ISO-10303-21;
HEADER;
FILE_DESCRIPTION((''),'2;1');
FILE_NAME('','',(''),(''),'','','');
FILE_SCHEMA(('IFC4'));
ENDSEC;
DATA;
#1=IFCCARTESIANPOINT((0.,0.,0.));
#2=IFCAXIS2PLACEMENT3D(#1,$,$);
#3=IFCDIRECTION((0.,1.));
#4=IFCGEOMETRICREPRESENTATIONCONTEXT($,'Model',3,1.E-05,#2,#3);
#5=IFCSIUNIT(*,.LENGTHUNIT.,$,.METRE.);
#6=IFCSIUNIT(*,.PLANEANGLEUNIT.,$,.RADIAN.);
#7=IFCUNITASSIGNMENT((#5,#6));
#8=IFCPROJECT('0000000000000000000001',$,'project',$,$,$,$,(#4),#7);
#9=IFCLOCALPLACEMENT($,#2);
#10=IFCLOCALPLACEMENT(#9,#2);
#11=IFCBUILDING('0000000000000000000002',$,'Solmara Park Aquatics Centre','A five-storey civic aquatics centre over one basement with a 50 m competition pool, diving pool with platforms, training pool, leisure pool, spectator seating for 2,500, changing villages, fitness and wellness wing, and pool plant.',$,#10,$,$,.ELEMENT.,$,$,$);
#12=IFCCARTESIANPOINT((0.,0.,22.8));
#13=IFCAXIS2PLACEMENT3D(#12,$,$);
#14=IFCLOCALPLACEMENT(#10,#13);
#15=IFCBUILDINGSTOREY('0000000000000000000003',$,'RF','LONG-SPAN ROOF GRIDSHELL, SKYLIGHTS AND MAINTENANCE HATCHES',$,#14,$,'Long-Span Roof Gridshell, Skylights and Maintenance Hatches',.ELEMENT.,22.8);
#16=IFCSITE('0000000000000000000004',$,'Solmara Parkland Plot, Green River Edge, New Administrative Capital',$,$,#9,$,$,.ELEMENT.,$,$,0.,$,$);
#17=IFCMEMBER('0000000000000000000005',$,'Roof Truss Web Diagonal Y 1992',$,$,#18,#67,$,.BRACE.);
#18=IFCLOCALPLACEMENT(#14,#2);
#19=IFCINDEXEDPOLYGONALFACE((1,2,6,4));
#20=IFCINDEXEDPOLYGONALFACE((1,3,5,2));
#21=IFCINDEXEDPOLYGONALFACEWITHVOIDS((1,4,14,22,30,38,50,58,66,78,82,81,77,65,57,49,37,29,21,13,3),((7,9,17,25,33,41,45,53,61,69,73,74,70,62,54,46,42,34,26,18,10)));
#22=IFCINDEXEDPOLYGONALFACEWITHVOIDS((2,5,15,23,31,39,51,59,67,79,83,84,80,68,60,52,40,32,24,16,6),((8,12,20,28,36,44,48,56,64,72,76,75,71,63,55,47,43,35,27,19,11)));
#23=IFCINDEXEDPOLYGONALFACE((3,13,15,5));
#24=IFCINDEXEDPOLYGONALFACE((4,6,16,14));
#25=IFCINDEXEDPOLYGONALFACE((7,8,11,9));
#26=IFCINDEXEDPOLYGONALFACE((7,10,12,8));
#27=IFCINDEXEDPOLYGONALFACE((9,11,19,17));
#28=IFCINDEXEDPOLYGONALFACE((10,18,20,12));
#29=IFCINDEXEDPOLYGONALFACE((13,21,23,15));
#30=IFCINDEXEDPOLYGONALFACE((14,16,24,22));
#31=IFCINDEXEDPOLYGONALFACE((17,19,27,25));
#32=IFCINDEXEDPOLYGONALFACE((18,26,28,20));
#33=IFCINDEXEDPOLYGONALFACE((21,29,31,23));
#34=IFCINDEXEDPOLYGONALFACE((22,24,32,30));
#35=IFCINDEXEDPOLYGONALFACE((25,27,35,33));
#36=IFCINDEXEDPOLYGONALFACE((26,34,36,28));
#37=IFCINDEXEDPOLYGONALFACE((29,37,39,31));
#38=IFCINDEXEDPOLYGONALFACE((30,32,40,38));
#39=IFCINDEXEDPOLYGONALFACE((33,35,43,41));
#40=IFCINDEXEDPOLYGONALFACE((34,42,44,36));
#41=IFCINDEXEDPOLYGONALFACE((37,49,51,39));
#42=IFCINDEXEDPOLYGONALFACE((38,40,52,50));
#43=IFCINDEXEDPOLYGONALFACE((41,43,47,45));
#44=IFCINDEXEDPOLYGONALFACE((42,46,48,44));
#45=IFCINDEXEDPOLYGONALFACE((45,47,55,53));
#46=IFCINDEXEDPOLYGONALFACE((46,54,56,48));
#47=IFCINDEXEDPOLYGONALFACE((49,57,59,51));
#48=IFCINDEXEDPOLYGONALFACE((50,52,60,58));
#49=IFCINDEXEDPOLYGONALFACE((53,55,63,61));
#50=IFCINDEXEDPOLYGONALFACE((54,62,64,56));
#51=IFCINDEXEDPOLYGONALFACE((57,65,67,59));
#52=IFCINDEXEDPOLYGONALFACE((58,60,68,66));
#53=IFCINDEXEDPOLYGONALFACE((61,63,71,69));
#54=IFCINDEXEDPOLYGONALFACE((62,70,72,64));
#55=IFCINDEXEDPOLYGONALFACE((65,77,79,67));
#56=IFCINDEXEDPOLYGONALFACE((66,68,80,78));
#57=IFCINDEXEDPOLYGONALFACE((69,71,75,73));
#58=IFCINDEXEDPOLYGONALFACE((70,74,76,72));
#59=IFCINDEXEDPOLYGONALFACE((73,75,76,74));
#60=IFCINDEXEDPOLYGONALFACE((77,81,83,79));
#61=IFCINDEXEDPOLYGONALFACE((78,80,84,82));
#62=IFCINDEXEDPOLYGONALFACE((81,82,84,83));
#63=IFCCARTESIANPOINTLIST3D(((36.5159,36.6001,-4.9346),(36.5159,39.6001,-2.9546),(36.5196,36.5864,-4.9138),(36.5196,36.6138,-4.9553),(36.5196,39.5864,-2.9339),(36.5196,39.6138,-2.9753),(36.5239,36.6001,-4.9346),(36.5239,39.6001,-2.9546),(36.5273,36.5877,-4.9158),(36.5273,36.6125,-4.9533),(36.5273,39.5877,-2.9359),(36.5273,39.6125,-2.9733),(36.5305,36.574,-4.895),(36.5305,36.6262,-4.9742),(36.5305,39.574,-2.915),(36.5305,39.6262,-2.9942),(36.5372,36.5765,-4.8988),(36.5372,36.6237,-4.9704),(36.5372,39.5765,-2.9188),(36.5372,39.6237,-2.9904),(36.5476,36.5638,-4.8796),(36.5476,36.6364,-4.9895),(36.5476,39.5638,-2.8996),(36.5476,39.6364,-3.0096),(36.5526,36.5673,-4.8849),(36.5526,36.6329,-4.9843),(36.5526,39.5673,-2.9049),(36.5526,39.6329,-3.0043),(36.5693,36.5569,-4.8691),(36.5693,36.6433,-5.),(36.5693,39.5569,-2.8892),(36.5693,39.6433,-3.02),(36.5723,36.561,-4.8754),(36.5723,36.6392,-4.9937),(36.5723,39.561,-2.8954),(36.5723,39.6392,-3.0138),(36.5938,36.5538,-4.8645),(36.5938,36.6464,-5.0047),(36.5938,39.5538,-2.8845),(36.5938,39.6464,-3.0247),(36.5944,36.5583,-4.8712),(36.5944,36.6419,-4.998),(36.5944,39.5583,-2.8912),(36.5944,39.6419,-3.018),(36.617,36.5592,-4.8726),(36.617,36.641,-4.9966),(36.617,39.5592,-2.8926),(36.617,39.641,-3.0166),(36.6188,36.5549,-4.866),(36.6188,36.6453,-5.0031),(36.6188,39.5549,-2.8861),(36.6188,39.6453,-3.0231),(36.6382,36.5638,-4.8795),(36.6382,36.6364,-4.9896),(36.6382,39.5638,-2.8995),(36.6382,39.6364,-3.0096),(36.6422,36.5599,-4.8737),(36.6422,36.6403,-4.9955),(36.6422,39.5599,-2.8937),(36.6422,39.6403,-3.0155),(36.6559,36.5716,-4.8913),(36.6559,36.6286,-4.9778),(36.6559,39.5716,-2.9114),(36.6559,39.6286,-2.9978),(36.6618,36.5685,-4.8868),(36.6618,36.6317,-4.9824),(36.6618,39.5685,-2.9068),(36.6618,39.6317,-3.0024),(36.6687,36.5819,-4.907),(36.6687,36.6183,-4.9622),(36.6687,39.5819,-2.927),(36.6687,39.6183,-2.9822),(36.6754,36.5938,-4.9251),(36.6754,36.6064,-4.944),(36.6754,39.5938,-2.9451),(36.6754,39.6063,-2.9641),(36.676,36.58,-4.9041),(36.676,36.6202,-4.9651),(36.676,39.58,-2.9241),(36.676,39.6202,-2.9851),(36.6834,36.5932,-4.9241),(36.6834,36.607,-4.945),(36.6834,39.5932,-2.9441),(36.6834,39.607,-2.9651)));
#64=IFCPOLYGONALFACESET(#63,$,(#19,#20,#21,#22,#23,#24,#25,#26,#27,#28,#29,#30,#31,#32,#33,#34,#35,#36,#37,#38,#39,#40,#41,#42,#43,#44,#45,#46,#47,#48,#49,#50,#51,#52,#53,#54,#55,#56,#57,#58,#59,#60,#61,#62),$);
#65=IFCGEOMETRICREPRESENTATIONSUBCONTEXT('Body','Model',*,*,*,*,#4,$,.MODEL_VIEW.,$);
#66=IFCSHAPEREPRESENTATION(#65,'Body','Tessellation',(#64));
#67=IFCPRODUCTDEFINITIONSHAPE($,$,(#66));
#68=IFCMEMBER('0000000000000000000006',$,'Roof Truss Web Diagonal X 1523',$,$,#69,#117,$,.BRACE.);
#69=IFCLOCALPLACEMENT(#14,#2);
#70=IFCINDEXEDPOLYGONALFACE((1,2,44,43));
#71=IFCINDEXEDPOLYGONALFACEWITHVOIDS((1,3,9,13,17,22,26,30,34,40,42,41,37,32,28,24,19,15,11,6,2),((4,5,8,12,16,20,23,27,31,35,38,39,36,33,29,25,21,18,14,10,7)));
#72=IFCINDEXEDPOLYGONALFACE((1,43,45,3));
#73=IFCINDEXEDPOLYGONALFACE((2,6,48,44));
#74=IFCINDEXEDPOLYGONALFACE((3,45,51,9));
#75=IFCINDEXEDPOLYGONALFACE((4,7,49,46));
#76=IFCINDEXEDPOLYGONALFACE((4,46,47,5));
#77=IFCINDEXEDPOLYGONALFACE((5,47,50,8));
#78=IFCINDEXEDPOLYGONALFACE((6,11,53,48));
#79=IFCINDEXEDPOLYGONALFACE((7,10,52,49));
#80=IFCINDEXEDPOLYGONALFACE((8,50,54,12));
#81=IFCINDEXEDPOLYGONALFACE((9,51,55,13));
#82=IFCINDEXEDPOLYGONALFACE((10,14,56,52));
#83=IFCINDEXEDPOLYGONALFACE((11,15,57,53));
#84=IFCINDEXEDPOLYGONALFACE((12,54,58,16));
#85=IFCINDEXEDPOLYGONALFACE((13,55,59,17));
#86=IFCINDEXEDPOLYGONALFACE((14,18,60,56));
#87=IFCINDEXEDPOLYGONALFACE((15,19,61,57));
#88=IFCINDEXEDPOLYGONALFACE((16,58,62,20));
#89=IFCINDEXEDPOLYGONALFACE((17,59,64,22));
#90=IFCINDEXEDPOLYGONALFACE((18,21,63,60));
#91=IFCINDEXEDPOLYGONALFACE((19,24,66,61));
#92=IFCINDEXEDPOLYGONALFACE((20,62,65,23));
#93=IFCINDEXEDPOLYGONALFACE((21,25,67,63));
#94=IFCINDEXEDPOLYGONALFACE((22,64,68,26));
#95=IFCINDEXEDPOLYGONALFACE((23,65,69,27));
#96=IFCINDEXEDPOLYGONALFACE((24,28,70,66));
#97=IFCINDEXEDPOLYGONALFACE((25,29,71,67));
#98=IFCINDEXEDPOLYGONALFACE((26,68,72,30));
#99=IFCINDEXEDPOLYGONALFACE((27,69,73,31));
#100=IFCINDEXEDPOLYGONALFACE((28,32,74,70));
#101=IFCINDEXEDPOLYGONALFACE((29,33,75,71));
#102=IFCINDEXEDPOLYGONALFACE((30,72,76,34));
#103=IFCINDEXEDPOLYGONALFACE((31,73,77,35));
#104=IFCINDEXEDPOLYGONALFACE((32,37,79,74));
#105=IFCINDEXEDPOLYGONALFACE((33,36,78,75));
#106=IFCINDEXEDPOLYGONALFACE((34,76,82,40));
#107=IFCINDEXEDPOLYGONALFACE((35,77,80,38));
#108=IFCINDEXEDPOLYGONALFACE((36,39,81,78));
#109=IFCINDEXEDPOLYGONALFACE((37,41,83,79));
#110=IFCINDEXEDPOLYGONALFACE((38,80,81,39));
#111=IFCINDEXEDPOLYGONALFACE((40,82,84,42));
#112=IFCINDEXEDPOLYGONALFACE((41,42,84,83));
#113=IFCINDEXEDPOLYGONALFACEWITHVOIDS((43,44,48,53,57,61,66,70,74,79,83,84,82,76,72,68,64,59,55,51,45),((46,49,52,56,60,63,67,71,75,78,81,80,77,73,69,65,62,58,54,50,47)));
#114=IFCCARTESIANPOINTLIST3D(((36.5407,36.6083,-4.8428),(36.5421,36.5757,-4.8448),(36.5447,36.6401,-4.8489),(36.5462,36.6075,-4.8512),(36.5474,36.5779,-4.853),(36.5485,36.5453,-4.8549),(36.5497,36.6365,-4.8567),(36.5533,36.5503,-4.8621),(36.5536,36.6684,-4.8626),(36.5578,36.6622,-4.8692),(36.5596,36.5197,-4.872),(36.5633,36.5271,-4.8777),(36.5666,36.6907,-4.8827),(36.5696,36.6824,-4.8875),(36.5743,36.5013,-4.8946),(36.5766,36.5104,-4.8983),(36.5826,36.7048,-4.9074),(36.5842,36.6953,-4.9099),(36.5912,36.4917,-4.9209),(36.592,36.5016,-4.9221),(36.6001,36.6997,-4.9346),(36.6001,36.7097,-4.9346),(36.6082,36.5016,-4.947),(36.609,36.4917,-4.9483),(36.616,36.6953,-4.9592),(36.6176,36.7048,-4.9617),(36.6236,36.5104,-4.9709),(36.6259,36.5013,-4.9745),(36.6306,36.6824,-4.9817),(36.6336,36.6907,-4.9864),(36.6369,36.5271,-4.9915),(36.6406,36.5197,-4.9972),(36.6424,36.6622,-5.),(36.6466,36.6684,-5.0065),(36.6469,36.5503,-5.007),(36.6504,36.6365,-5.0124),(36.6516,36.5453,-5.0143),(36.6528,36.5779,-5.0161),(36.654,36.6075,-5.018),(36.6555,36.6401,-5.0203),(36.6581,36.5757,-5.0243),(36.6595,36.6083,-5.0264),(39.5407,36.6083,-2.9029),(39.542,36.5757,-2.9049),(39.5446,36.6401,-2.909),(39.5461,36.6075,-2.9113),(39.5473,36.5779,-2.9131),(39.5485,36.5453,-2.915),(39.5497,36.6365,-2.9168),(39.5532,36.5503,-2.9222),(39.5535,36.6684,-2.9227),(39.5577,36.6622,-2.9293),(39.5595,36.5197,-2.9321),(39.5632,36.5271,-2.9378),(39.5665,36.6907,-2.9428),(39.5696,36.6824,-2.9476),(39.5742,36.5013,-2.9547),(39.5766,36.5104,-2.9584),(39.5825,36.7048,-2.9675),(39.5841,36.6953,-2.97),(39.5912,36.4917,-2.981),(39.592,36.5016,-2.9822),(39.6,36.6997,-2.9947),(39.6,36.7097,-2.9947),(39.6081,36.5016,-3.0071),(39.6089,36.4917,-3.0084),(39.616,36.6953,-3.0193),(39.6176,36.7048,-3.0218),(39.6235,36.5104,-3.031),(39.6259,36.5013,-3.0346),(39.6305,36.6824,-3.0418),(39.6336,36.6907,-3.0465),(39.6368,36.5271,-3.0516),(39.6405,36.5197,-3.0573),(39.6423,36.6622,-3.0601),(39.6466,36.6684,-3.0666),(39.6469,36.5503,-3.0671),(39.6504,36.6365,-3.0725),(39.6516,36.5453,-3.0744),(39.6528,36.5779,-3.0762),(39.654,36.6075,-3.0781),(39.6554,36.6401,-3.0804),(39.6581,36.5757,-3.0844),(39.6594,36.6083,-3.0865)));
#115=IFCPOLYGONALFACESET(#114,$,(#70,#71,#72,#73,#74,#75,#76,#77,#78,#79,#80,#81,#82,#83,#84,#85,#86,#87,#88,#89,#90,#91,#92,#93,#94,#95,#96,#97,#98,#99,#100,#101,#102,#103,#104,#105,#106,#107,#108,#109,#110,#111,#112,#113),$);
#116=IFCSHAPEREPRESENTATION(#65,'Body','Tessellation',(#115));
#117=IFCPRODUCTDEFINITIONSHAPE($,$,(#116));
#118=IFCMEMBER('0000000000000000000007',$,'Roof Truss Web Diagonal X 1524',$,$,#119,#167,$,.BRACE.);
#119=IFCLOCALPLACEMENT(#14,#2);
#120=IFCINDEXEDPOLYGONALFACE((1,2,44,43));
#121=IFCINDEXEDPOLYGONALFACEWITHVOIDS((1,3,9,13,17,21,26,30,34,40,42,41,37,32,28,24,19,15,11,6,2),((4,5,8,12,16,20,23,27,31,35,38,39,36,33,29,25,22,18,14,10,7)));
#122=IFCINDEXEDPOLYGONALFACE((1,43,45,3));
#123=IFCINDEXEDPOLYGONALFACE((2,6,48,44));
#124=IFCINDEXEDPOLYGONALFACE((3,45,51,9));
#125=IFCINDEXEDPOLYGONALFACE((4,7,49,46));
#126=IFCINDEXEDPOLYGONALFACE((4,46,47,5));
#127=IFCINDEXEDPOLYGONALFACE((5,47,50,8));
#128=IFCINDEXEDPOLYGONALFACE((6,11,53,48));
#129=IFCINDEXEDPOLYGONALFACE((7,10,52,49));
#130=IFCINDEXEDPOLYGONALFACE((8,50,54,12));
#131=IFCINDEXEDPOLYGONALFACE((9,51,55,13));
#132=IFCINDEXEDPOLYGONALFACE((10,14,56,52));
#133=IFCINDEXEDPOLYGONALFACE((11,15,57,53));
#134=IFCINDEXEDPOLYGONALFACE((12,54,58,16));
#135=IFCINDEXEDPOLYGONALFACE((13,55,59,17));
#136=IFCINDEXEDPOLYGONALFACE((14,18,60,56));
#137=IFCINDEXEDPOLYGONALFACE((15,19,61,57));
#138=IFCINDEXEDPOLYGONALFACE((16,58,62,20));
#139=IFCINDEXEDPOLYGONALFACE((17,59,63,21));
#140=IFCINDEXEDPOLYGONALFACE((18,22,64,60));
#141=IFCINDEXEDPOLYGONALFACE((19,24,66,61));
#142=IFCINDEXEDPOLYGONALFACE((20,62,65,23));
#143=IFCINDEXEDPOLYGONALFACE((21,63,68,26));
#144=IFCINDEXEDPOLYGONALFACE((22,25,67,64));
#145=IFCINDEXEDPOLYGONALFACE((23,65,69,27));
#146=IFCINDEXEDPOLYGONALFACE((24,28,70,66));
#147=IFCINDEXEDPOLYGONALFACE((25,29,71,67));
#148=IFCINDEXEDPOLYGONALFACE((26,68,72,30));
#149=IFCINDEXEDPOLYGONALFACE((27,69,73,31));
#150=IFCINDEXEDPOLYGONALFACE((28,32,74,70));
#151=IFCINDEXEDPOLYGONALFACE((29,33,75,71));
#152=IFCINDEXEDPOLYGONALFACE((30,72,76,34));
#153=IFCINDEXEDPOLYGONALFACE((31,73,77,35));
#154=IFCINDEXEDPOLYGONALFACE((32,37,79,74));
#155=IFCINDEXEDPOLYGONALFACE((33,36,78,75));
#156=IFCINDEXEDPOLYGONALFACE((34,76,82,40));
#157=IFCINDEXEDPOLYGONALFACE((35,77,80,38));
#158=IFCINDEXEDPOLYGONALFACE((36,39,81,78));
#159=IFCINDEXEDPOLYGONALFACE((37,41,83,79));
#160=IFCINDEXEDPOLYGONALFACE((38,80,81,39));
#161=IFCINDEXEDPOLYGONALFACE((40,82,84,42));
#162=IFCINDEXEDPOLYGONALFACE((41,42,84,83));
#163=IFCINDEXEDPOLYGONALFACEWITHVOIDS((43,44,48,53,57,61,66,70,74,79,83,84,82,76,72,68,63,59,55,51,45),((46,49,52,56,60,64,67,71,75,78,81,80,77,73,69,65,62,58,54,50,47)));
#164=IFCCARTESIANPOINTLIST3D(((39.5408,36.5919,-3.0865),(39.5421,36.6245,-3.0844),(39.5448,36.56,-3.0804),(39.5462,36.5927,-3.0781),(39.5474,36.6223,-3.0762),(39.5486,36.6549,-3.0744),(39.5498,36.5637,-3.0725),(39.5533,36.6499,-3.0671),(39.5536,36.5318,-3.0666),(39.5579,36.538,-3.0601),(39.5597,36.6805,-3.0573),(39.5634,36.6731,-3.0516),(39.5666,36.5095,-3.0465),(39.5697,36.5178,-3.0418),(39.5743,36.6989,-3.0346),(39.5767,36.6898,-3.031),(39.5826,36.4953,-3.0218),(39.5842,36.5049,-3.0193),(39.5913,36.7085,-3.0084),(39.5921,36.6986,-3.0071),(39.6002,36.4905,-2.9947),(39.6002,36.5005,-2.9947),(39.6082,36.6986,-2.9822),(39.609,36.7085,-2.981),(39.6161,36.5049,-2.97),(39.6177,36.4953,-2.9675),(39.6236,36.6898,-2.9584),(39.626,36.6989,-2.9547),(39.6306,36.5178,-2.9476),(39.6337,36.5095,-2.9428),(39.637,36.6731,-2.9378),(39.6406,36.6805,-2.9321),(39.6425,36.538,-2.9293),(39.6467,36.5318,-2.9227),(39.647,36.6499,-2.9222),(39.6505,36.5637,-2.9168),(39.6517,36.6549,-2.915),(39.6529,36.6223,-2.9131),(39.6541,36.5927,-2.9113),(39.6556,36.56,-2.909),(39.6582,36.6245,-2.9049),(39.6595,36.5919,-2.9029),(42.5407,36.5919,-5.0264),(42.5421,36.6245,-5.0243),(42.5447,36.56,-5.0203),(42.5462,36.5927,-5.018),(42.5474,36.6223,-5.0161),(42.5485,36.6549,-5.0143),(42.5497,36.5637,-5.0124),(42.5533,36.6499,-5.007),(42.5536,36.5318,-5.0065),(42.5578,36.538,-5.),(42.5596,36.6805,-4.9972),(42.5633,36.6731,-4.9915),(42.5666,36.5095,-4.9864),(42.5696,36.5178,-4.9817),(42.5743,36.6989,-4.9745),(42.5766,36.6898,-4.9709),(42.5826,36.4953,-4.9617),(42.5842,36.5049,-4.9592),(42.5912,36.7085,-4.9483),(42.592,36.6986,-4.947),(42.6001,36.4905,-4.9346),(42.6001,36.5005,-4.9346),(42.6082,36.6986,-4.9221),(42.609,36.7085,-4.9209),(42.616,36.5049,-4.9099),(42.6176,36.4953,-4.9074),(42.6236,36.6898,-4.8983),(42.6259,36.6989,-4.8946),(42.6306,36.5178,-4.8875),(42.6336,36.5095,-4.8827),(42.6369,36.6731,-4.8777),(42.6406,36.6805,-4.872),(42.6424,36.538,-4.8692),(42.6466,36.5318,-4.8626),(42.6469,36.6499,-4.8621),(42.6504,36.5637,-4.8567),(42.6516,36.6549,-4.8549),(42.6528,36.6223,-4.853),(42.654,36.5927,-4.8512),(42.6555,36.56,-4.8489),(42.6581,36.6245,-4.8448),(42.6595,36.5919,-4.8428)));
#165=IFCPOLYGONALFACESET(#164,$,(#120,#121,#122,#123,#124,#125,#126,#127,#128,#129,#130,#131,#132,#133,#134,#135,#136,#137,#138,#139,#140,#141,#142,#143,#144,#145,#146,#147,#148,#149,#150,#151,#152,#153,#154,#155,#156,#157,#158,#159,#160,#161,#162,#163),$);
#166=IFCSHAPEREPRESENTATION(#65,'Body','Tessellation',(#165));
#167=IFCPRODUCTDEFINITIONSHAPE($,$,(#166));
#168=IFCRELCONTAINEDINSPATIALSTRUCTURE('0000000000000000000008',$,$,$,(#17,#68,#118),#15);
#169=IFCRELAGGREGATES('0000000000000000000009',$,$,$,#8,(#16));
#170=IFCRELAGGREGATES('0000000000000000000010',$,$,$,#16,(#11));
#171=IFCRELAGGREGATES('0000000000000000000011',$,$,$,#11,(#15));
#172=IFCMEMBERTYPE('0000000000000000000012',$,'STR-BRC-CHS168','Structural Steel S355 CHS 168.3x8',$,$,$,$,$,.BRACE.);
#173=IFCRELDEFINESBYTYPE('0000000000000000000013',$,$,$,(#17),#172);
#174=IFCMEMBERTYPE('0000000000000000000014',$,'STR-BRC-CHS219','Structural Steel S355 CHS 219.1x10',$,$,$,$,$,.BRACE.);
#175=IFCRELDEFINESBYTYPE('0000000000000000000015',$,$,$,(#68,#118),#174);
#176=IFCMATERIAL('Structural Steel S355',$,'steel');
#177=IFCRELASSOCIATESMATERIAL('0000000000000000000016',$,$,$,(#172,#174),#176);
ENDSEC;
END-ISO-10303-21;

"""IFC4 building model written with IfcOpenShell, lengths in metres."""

from ifc_helpers import new_model, si_unit, direction, frame, origin, origin_2d, place, context, subcontext, project, spatial, hollow_circle, extrude, material, material_profile, profile_set, type_object, element, save


model = new_model("IFC4")

# Units and contexts
model_context = context("Model", 3, precision=1e-05, world=origin(), true_north=direction((0.0, 1.0)))
body_context = subcontext(model_context, "Body", "Model", "MODEL_VIEW")
ifc_project = project(units=[si_unit("LENGTHUNIT", "METRE"), si_unit("PLANEANGLEUNIT", "RADIAN")], contexts=[model_context])

# Site, building, storey
site_placement = place(None, origin())
site = spatial("IfcSite", under=ifc_project, at=site_placement, Name="Solmara Parkland Plot, Green River Edge, New Administrative Capital", CompositionType="ELEMENT", RefElevation=0.0)
building_placement = place(site_placement, origin())
building = spatial("IfcBuilding", under=site, at=building_placement, Name="Solmara Park Aquatics Centre", Description="A five-storey civic aquatics centre over one basement with a 50 m competition pool, diving pool with platforms, training pool, leisure pool, spectator seating for 2,500, changing villages, fitness and wellness wing, and pool plant.", CompositionType="ELEMENT")
storey_placement = place(building_placement, frame((0.0, 0.0, 22.8)))
storey = spatial("IfcBuildingStorey", under=building, at=storey_placement, Name="RF", Description="LONG-SPAN ROOF GRIDSHELL, SKYLIGHTS AND MAINTENANCE HATCHES", LongName="Long-Span Roof Gridshell, Skylights and Maintenance Hatches", CompositionType="ELEMENT", Elevation=22.8)

# Members
ifc_material_1 = material(Name="Structural Steel S355", Category="steel")
ifc_material_profile_1 = material_profile(ifc_material_1, hollow_circle(Radius=0.0842, WallThickness=0.0081, at=origin_2d()), Name="CHS 168.3x8")
ifc_profile_set_1 = profile_set([ifc_material_profile_1], Name="Structural Steel S355")
member_type_1 = type_object("IfcMemberType", Name="STR-BRC-CHS168", Description="Structural Steel S355 CHS 168.3x8", PredefinedType="BRACE", material=ifc_profile_set_1)
member_1_placement = place(storey_placement, frame((36.6001, 36.6001, -4.9346), z_axis=(0.0, 0.834612, 0.550838), x_axis=(-1.0, 0.0, 0.0)))
element("IfcMember", 1, at=member_1_placement, inside=storey, type_object=member_type_1, Name="Roof Truss Web Diagonal Y 1992", PredefinedType="BRACE", context=body_context, shape_type="SweptSolid", body=[
    extrude(hollow_circle(Radius=0.0842, WallThickness=0.0081, at=origin_2d()), origin(), (0.0, 0.0, 1.0), 3.5945),
])
ifc_material_profile_2 = material_profile(ifc_material_1, hollow_circle(Radius=0.1096, WallThickness=0.01, at=origin_2d()), Name="CHS 219.1x10")
ifc_profile_set_2 = profile_set([ifc_material_profile_2], Name="Structural Steel S355")
member_type_2 = type_object("IfcMemberType", Name="STR-BRC-CHS219", Description="Structural Steel S355 CHS 219.1x10", PredefinedType="BRACE", material=ifc_profile_set_2)
for number, where, z_axis, x_axis, name in (
    (2, (36.6001, 36.6001, -4.9346), (0.839728, 0.0, 0.543008), (0.0, 1.0, 0.0), "Roof Truss Web Diagonal X 1523"),
    (3, (42.6001, 36.6001, -4.9346), (-0.839728, 0.0, 0.543008), (0.0, -1.0, 0.0), "Roof Truss Web Diagonal X 1524"),
):
    element("IfcMember", number, at=place(storey_placement, frame(where, z_axis=z_axis, x_axis=x_axis)), inside=storey, type_object=member_type_2, Name=name, PredefinedType="BRACE", context=body_context, shape_type="SweptSolid", body=[
        extrude(hollow_circle(Radius=0.1096, WallThickness=0.01, at=origin_2d()), origin(), (0.0, 0.0, 1.0), 3.5725),
    ])

save(model, "model.ifc")
